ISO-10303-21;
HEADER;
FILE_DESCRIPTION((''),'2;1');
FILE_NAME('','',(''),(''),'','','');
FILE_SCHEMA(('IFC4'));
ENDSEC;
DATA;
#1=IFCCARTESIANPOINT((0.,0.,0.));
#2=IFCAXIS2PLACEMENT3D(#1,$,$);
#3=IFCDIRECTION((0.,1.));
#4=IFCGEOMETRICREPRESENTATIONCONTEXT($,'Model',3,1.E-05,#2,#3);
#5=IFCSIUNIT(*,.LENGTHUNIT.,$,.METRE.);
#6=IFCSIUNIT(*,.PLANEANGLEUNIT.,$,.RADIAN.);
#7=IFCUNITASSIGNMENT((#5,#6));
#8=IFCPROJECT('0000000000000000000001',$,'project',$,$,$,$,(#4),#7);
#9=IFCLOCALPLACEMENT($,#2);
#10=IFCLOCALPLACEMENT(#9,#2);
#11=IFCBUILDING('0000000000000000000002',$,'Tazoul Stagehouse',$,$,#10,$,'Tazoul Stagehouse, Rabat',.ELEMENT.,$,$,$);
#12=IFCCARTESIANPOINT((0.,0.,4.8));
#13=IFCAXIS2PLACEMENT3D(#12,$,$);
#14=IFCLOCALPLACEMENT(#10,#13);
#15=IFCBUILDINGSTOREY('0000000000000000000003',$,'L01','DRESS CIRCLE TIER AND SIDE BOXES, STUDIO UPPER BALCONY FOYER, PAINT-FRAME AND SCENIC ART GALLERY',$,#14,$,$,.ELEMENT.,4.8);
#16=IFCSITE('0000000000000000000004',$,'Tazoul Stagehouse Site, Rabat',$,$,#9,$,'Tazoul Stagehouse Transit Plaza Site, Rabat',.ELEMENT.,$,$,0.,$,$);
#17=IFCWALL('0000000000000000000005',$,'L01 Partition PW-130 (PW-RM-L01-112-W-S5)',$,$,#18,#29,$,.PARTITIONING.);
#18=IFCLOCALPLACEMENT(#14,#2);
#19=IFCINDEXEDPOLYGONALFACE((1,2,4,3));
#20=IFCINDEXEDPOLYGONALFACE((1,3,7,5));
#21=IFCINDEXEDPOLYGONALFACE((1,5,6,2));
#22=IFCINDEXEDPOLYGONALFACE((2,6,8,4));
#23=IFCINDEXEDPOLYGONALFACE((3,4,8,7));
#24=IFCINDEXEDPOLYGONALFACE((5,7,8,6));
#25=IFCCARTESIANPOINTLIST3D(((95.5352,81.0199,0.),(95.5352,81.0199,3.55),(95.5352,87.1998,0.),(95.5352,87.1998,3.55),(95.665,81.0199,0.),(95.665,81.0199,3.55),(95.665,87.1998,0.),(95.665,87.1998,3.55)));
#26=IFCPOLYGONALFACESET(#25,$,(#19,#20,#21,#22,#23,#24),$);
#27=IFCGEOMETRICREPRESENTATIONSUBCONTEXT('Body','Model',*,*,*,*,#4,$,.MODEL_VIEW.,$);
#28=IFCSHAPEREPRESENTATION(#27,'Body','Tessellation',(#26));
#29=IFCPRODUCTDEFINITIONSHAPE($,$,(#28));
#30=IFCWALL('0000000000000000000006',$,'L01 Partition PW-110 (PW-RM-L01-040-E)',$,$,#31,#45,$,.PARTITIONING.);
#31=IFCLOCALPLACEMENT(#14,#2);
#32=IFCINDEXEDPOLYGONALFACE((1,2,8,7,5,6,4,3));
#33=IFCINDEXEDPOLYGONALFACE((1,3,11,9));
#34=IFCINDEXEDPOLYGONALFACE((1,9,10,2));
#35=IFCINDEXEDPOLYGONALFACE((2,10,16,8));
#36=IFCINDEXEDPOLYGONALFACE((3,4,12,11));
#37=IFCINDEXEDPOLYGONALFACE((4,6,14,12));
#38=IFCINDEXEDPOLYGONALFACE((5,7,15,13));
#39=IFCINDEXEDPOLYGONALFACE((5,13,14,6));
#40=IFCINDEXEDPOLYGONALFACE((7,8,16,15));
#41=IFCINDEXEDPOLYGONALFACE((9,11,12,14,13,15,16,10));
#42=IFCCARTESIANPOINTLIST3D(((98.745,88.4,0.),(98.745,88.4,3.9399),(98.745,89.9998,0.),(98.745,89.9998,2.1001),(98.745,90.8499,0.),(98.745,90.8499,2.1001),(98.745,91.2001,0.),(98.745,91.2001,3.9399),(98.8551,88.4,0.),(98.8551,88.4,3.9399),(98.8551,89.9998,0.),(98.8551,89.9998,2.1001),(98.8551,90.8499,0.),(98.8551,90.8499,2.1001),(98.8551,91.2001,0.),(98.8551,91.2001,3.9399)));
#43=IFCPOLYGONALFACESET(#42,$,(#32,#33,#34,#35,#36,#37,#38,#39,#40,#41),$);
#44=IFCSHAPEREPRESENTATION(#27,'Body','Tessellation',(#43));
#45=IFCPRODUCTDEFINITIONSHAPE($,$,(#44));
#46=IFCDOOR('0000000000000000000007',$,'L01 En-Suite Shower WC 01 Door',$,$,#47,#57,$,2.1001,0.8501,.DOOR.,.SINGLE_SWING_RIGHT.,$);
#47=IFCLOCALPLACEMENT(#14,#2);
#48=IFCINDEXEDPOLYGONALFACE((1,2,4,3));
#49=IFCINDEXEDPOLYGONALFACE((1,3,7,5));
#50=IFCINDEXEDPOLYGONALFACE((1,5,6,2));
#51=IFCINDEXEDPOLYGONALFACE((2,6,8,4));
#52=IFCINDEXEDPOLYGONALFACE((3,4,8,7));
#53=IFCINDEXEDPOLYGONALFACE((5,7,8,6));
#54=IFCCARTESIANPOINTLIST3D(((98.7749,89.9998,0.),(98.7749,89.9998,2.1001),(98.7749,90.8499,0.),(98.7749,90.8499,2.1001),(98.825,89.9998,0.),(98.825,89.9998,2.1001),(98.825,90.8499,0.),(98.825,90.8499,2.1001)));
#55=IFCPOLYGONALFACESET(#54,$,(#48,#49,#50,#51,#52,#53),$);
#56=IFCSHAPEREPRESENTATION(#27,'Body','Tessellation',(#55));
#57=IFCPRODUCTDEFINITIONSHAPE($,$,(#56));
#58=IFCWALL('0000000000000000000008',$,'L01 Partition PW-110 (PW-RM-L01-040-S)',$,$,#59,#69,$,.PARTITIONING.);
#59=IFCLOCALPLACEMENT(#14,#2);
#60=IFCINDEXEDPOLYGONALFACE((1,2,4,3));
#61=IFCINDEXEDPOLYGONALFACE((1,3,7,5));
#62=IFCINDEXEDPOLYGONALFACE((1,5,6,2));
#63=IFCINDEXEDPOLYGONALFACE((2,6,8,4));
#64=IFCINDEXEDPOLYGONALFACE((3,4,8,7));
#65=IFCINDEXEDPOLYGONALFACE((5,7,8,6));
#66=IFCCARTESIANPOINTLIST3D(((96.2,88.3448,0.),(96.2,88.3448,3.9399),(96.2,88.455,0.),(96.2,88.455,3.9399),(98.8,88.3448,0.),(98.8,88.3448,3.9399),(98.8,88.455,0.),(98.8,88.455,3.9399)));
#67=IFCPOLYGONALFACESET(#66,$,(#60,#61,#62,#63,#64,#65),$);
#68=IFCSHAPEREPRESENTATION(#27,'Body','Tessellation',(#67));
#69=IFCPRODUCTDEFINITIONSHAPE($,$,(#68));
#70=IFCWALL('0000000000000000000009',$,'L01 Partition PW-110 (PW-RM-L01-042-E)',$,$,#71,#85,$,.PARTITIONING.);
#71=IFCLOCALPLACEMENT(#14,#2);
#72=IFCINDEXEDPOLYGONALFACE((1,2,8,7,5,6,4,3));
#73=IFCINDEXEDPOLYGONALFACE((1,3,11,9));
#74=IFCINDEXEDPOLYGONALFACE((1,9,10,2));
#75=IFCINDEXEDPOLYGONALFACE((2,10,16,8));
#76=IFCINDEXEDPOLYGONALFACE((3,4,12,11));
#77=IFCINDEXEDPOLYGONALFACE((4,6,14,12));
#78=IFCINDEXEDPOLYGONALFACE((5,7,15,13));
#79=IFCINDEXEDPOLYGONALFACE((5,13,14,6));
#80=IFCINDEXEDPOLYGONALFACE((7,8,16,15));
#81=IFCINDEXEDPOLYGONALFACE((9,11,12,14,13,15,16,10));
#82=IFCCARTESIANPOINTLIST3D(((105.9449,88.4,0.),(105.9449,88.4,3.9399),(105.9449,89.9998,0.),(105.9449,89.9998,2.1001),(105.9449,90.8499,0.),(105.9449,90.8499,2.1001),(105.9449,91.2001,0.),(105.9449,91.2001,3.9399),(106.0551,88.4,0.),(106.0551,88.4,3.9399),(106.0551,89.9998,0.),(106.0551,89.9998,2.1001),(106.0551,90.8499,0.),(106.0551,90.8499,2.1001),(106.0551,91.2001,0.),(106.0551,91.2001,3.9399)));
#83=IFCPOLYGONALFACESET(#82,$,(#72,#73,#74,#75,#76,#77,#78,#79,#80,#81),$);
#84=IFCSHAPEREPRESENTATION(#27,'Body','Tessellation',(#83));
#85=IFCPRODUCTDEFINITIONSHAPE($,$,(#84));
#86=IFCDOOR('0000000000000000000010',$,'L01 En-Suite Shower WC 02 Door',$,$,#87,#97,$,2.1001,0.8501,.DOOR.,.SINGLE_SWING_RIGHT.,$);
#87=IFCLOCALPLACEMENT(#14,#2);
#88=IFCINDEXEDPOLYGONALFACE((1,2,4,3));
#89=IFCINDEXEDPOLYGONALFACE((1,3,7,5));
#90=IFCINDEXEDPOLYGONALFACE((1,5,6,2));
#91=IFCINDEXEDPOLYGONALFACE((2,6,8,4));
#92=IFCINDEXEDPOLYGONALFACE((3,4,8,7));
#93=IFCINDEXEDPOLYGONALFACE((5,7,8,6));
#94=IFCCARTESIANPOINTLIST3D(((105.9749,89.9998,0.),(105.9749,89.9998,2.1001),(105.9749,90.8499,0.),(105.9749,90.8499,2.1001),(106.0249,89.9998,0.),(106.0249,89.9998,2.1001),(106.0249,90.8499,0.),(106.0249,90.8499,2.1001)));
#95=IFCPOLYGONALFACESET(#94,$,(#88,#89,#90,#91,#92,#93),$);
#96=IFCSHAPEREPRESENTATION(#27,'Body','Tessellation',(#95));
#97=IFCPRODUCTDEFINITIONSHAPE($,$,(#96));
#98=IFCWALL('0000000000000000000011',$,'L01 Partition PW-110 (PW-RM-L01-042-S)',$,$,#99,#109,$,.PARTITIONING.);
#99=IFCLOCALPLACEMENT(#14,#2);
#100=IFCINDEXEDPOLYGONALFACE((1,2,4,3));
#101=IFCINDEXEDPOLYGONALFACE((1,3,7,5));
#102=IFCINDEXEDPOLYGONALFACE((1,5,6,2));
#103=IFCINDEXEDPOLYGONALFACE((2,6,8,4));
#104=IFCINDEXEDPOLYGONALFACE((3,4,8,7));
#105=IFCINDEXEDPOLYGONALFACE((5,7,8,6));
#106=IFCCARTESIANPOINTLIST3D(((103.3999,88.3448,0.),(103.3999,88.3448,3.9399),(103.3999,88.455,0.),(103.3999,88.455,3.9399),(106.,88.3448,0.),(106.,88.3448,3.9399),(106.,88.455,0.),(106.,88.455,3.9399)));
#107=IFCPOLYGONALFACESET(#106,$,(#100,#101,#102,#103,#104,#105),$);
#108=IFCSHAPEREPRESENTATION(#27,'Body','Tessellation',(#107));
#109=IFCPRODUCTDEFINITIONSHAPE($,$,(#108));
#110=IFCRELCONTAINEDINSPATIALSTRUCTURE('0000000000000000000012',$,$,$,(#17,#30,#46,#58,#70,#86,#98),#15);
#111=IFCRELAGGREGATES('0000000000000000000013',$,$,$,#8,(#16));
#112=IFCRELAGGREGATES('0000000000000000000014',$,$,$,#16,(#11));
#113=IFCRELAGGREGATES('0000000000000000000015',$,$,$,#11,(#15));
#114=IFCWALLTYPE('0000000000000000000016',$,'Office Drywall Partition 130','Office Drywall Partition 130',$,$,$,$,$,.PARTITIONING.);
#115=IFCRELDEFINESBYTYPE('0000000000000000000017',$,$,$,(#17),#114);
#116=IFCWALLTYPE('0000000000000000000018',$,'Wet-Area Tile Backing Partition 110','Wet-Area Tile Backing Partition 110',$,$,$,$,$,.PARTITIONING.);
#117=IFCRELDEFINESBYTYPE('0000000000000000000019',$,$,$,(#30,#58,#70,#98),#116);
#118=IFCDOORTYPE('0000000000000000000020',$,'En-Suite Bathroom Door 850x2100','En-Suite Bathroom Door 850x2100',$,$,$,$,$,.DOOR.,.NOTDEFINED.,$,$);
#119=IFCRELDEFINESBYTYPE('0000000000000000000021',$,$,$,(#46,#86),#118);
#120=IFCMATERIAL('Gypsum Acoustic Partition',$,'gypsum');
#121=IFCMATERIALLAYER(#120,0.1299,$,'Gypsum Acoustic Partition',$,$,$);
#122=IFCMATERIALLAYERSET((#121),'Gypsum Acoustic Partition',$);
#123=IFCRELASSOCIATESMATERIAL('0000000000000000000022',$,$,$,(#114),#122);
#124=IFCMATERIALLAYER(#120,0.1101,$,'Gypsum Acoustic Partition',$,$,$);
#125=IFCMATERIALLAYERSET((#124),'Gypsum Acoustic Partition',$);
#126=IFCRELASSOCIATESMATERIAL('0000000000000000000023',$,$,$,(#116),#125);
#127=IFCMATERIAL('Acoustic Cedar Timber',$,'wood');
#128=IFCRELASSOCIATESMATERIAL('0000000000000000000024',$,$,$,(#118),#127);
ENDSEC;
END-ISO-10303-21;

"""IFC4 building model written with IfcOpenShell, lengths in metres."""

from ifc_helpers import new_model, si_unit, direction, frame, frame_2d, origin, place, context, subcontext, project, spatial, rectangle, extrude, material, layer, layer_set, type_object, element, fill, save


model = new_model("IFC4")

# Units and contexts
model_context = context("Model", 3, precision=1e-05, world=origin(), true_north=direction((0.0, 1.0)))
body_context = subcontext(model_context, "Body", "Model", "MODEL_VIEW")
ifc_project = project(units=[si_unit("LENGTHUNIT", "METRE"), si_unit("PLANEANGLEUNIT", "RADIAN")], contexts=[model_context])

# Site, building, storey
site_placement = place(None, origin())
site = spatial("IfcSite", under=ifc_project, at=site_placement, Name="Tazoul Stagehouse Site, Rabat", LongName="Tazoul Stagehouse Transit Plaza Site, Rabat", CompositionType="ELEMENT", RefElevation=0.0)
building_placement = place(site_placement, origin())
building = spatial("IfcBuilding", under=site, at=building_placement, Name="Tazoul Stagehouse", LongName="Tazoul Stagehouse, Rabat", CompositionType="ELEMENT")
storey_placement = place(building_placement, frame((0.0, 0.0, 4.8)))
storey = spatial("IfcBuildingStorey", under=building, at=storey_placement, Name="L01", Description="DRESS CIRCLE TIER AND SIDE BOXES, STUDIO UPPER BALCONY FOYER, PAINT-FRAME AND SCENIC ART GALLERY", CompositionType="ELEMENT", Elevation=4.8)

# Wall
ifc_material_1 = material(Name="Gypsum Acoustic Partition", Category="gypsum")
ifc_layer_1 = layer(ifc_material_1, 0.1299, Name="Gypsum Acoustic Partition")
ifc_layer_set_1 = layer_set([ifc_layer_1], Name="Gypsum Acoustic Partition")
wall_type_1 = type_object("IfcWallType", Name="Office Drywall Partition 130", Description="Office Drywall Partition 130", PredefinedType="PARTITIONING", material=ifc_layer_set_1)
wall_1_placement = place(storey_placement, frame((95.6001, 81.02, 0.0), z_axis=(0.0, 0.0, 1.0), x_axis=(0.0, 1.0, 0.0)))
element("IfcWall", 1, at=wall_1_placement, inside=storey, type_object=wall_type_1, Name="L01 Partition PW-130 (PW-RM-L01-112-W-S5)", PredefinedType="PARTITIONING", context=body_context, shape_type="SweptSolid", body=[
    extrude(rectangle(XDim=6.1799, YDim=0.1299, at=frame_2d((3.0898, 0.0))), origin(), (0.0, 0.0, 1.0), 3.55),
])

# Wall, opening, door
ifc_layer_2 = layer(ifc_material_1, 0.1101, Name="Gypsum Acoustic Partition")
ifc_layer_set_2 = layer_set([ifc_layer_2], Name="Gypsum Acoustic Partition")
wall_type_2 = type_object("IfcWallType", Name="Wet-Area Tile Backing Partition 110", Description="Wet-Area Tile Backing Partition 110", PredefinedType="PARTITIONING", material=ifc_layer_set_2)
wall_2_placement = place(storey_placement, frame((98.8, 91.2, 0.0), z_axis=(0.0, 0.0, 1.0), x_axis=(0.0, -1.0, 0.0)))
wall_2 = element("IfcWall", 2, at=wall_2_placement, inside=storey, type_object=wall_type_2, Name="L01 Partition PW-110 (PW-RM-L01-040-E)", PredefinedType="PARTITIONING", context=body_context, shape_type="SweptSolid", body=[
    extrude(rectangle(XDim=2.8, YDim=0.1101, at=frame_2d((1.3999, 0.0))), origin(), (0.0, 0.0, 1.0), 3.9399),
])
opening_1_placement = place(wall_2_placement, frame((0.3501, 0.0, 0.0)))
opening_1 = element("IfcOpeningElement", 3, at=opening_1_placement, cuts=wall_2, PredefinedType="OPENING", context=body_context, shape_type="SweptSolid", body=[
    extrude(rectangle(XDim=0.8501, YDim=2.1001, at=frame_2d((0.425, 1.05))), frame((0.0, 0.075, 0.0), z_axis=(0.0, -1.0, 0.0), x_axis=(1.0, 0.0, 0.0)), (0.0, 0.0, 1.0), 0.1501),
])
ifc_material_2 = material(Name="Acoustic Cedar Timber", Category="wood")
door_type = type_object("IfcDoorType", Name="En-Suite Bathroom Door 850x2100", Description="En-Suite Bathroom Door 850x2100", OperationType="NOTDEFINED", PredefinedType="DOOR", material=ifc_material_2)
door_1_placement = place(opening_1_placement, origin())
door_1 = element("IfcDoor", 4, at=door_1_placement, inside=storey, type_object=door_type, Name="L01 En-Suite Shower WC 01 Door", OperationType="SINGLE_SWING_RIGHT", OverallHeight=2.1001, OverallWidth=0.8501, PredefinedType="DOOR", context=body_context, shape_type="SweptSolid", body=[
    extrude(rectangle(XDim=0.8501, YDim=2.1001, at=frame_2d((0.425, 1.05))), frame((0.0, 0.0249, 0.0), z_axis=(0.0, -1.0, 0.0), x_axis=(1.0, 0.0, 0.0)), (0.0, 0.0, 1.0), 0.05),
])
fill(opening_1, door_1)

# Wall
wall_3_placement = place(storey_placement, frame((98.8, 88.3999, 0.0), z_axis=(0.0, 0.0, 1.0), x_axis=(-1.0, 0.0, 0.0)))
element("IfcWall", 5, at=wall_3_placement, inside=storey, type_object=wall_type_2, Name="L01 Partition PW-110 (PW-RM-L01-040-S)", PredefinedType="PARTITIONING", context=body_context, shape_type="SweptSolid", body=[
    extrude(rectangle(XDim=2.6001, YDim=0.1101, at=frame_2d((1.3, 0.0))), origin(), (0.0, 0.0, 1.0), 3.9399),
])

# Wall, opening, door
wall_4_placement = place(storey_placement, frame((106.0, 91.2, 0.0), z_axis=(0.0, 0.0, 1.0), x_axis=(0.0, -1.0, 0.0)))
wall_4 = element("IfcWall", 6, at=wall_4_placement, inside=storey, type_object=wall_type_2, Name="L01 Partition PW-110 (PW-RM-L01-042-E)", PredefinedType="PARTITIONING", context=body_context, shape_type="SweptSolid", body=[
    extrude(rectangle(XDim=2.8, YDim=0.1101, at=frame_2d((1.3999, 0.0))), origin(), (0.0, 0.0, 1.0), 3.9399),
])
opening_2_placement = place(wall_4_placement, frame((0.3501, 0.0, 0.0)))
opening_2 = element("IfcOpeningElement", 7, at=opening_2_placement, cuts=wall_4, PredefinedType="OPENING", context=body_context, shape_type="SweptSolid", body=[
    extrude(rectangle(XDim=0.8501, YDim=2.1001, at=frame_2d((0.425, 1.05))), frame((0.0, 0.075, 0.0), z_axis=(0.0, -1.0, 0.0), x_axis=(1.0, 0.0, 0.0)), (0.0, 0.0, 1.0), 0.1501),
])
door_2_placement = place(opening_2_placement, origin())
door_2 = element("IfcDoor", 8, at=door_2_placement, inside=storey, type_object=door_type, Name="L01 En-Suite Shower WC 02 Door", OperationType="SINGLE_SWING_RIGHT", OverallHeight=2.1001, OverallWidth=0.8501, PredefinedType="DOOR", context=body_context, shape_type="SweptSolid", body=[
    extrude(rectangle(XDim=0.8501, YDim=2.1001, at=frame_2d((0.425, 1.05))), frame((0.0, 0.0249, 0.0), z_axis=(0.0, -1.0, 0.0), x_axis=(1.0, 0.0, 0.0)), (0.0, 0.0, 1.0), 0.05),
])
fill(opening_2, door_2)

# Wall
wall_5_placement = place(storey_placement, frame((106.0, 88.3999, 0.0), z_axis=(0.0, 0.0, 1.0), x_axis=(-1.0, 0.0, 0.0)))
element("IfcWall", 9, at=wall_5_placement, inside=storey, type_object=wall_type_2, Name="L01 Partition PW-110 (PW-RM-L01-042-S)", PredefinedType="PARTITIONING", context=body_context, shape_type="SweptSolid", body=[
    extrude(rectangle(XDim=2.6001, YDim=0.1101, at=frame_2d((1.3, 0.0))), origin(), (0.0, 0.0, 1.0), 3.9399),
])

save(model, "model.ifc")
